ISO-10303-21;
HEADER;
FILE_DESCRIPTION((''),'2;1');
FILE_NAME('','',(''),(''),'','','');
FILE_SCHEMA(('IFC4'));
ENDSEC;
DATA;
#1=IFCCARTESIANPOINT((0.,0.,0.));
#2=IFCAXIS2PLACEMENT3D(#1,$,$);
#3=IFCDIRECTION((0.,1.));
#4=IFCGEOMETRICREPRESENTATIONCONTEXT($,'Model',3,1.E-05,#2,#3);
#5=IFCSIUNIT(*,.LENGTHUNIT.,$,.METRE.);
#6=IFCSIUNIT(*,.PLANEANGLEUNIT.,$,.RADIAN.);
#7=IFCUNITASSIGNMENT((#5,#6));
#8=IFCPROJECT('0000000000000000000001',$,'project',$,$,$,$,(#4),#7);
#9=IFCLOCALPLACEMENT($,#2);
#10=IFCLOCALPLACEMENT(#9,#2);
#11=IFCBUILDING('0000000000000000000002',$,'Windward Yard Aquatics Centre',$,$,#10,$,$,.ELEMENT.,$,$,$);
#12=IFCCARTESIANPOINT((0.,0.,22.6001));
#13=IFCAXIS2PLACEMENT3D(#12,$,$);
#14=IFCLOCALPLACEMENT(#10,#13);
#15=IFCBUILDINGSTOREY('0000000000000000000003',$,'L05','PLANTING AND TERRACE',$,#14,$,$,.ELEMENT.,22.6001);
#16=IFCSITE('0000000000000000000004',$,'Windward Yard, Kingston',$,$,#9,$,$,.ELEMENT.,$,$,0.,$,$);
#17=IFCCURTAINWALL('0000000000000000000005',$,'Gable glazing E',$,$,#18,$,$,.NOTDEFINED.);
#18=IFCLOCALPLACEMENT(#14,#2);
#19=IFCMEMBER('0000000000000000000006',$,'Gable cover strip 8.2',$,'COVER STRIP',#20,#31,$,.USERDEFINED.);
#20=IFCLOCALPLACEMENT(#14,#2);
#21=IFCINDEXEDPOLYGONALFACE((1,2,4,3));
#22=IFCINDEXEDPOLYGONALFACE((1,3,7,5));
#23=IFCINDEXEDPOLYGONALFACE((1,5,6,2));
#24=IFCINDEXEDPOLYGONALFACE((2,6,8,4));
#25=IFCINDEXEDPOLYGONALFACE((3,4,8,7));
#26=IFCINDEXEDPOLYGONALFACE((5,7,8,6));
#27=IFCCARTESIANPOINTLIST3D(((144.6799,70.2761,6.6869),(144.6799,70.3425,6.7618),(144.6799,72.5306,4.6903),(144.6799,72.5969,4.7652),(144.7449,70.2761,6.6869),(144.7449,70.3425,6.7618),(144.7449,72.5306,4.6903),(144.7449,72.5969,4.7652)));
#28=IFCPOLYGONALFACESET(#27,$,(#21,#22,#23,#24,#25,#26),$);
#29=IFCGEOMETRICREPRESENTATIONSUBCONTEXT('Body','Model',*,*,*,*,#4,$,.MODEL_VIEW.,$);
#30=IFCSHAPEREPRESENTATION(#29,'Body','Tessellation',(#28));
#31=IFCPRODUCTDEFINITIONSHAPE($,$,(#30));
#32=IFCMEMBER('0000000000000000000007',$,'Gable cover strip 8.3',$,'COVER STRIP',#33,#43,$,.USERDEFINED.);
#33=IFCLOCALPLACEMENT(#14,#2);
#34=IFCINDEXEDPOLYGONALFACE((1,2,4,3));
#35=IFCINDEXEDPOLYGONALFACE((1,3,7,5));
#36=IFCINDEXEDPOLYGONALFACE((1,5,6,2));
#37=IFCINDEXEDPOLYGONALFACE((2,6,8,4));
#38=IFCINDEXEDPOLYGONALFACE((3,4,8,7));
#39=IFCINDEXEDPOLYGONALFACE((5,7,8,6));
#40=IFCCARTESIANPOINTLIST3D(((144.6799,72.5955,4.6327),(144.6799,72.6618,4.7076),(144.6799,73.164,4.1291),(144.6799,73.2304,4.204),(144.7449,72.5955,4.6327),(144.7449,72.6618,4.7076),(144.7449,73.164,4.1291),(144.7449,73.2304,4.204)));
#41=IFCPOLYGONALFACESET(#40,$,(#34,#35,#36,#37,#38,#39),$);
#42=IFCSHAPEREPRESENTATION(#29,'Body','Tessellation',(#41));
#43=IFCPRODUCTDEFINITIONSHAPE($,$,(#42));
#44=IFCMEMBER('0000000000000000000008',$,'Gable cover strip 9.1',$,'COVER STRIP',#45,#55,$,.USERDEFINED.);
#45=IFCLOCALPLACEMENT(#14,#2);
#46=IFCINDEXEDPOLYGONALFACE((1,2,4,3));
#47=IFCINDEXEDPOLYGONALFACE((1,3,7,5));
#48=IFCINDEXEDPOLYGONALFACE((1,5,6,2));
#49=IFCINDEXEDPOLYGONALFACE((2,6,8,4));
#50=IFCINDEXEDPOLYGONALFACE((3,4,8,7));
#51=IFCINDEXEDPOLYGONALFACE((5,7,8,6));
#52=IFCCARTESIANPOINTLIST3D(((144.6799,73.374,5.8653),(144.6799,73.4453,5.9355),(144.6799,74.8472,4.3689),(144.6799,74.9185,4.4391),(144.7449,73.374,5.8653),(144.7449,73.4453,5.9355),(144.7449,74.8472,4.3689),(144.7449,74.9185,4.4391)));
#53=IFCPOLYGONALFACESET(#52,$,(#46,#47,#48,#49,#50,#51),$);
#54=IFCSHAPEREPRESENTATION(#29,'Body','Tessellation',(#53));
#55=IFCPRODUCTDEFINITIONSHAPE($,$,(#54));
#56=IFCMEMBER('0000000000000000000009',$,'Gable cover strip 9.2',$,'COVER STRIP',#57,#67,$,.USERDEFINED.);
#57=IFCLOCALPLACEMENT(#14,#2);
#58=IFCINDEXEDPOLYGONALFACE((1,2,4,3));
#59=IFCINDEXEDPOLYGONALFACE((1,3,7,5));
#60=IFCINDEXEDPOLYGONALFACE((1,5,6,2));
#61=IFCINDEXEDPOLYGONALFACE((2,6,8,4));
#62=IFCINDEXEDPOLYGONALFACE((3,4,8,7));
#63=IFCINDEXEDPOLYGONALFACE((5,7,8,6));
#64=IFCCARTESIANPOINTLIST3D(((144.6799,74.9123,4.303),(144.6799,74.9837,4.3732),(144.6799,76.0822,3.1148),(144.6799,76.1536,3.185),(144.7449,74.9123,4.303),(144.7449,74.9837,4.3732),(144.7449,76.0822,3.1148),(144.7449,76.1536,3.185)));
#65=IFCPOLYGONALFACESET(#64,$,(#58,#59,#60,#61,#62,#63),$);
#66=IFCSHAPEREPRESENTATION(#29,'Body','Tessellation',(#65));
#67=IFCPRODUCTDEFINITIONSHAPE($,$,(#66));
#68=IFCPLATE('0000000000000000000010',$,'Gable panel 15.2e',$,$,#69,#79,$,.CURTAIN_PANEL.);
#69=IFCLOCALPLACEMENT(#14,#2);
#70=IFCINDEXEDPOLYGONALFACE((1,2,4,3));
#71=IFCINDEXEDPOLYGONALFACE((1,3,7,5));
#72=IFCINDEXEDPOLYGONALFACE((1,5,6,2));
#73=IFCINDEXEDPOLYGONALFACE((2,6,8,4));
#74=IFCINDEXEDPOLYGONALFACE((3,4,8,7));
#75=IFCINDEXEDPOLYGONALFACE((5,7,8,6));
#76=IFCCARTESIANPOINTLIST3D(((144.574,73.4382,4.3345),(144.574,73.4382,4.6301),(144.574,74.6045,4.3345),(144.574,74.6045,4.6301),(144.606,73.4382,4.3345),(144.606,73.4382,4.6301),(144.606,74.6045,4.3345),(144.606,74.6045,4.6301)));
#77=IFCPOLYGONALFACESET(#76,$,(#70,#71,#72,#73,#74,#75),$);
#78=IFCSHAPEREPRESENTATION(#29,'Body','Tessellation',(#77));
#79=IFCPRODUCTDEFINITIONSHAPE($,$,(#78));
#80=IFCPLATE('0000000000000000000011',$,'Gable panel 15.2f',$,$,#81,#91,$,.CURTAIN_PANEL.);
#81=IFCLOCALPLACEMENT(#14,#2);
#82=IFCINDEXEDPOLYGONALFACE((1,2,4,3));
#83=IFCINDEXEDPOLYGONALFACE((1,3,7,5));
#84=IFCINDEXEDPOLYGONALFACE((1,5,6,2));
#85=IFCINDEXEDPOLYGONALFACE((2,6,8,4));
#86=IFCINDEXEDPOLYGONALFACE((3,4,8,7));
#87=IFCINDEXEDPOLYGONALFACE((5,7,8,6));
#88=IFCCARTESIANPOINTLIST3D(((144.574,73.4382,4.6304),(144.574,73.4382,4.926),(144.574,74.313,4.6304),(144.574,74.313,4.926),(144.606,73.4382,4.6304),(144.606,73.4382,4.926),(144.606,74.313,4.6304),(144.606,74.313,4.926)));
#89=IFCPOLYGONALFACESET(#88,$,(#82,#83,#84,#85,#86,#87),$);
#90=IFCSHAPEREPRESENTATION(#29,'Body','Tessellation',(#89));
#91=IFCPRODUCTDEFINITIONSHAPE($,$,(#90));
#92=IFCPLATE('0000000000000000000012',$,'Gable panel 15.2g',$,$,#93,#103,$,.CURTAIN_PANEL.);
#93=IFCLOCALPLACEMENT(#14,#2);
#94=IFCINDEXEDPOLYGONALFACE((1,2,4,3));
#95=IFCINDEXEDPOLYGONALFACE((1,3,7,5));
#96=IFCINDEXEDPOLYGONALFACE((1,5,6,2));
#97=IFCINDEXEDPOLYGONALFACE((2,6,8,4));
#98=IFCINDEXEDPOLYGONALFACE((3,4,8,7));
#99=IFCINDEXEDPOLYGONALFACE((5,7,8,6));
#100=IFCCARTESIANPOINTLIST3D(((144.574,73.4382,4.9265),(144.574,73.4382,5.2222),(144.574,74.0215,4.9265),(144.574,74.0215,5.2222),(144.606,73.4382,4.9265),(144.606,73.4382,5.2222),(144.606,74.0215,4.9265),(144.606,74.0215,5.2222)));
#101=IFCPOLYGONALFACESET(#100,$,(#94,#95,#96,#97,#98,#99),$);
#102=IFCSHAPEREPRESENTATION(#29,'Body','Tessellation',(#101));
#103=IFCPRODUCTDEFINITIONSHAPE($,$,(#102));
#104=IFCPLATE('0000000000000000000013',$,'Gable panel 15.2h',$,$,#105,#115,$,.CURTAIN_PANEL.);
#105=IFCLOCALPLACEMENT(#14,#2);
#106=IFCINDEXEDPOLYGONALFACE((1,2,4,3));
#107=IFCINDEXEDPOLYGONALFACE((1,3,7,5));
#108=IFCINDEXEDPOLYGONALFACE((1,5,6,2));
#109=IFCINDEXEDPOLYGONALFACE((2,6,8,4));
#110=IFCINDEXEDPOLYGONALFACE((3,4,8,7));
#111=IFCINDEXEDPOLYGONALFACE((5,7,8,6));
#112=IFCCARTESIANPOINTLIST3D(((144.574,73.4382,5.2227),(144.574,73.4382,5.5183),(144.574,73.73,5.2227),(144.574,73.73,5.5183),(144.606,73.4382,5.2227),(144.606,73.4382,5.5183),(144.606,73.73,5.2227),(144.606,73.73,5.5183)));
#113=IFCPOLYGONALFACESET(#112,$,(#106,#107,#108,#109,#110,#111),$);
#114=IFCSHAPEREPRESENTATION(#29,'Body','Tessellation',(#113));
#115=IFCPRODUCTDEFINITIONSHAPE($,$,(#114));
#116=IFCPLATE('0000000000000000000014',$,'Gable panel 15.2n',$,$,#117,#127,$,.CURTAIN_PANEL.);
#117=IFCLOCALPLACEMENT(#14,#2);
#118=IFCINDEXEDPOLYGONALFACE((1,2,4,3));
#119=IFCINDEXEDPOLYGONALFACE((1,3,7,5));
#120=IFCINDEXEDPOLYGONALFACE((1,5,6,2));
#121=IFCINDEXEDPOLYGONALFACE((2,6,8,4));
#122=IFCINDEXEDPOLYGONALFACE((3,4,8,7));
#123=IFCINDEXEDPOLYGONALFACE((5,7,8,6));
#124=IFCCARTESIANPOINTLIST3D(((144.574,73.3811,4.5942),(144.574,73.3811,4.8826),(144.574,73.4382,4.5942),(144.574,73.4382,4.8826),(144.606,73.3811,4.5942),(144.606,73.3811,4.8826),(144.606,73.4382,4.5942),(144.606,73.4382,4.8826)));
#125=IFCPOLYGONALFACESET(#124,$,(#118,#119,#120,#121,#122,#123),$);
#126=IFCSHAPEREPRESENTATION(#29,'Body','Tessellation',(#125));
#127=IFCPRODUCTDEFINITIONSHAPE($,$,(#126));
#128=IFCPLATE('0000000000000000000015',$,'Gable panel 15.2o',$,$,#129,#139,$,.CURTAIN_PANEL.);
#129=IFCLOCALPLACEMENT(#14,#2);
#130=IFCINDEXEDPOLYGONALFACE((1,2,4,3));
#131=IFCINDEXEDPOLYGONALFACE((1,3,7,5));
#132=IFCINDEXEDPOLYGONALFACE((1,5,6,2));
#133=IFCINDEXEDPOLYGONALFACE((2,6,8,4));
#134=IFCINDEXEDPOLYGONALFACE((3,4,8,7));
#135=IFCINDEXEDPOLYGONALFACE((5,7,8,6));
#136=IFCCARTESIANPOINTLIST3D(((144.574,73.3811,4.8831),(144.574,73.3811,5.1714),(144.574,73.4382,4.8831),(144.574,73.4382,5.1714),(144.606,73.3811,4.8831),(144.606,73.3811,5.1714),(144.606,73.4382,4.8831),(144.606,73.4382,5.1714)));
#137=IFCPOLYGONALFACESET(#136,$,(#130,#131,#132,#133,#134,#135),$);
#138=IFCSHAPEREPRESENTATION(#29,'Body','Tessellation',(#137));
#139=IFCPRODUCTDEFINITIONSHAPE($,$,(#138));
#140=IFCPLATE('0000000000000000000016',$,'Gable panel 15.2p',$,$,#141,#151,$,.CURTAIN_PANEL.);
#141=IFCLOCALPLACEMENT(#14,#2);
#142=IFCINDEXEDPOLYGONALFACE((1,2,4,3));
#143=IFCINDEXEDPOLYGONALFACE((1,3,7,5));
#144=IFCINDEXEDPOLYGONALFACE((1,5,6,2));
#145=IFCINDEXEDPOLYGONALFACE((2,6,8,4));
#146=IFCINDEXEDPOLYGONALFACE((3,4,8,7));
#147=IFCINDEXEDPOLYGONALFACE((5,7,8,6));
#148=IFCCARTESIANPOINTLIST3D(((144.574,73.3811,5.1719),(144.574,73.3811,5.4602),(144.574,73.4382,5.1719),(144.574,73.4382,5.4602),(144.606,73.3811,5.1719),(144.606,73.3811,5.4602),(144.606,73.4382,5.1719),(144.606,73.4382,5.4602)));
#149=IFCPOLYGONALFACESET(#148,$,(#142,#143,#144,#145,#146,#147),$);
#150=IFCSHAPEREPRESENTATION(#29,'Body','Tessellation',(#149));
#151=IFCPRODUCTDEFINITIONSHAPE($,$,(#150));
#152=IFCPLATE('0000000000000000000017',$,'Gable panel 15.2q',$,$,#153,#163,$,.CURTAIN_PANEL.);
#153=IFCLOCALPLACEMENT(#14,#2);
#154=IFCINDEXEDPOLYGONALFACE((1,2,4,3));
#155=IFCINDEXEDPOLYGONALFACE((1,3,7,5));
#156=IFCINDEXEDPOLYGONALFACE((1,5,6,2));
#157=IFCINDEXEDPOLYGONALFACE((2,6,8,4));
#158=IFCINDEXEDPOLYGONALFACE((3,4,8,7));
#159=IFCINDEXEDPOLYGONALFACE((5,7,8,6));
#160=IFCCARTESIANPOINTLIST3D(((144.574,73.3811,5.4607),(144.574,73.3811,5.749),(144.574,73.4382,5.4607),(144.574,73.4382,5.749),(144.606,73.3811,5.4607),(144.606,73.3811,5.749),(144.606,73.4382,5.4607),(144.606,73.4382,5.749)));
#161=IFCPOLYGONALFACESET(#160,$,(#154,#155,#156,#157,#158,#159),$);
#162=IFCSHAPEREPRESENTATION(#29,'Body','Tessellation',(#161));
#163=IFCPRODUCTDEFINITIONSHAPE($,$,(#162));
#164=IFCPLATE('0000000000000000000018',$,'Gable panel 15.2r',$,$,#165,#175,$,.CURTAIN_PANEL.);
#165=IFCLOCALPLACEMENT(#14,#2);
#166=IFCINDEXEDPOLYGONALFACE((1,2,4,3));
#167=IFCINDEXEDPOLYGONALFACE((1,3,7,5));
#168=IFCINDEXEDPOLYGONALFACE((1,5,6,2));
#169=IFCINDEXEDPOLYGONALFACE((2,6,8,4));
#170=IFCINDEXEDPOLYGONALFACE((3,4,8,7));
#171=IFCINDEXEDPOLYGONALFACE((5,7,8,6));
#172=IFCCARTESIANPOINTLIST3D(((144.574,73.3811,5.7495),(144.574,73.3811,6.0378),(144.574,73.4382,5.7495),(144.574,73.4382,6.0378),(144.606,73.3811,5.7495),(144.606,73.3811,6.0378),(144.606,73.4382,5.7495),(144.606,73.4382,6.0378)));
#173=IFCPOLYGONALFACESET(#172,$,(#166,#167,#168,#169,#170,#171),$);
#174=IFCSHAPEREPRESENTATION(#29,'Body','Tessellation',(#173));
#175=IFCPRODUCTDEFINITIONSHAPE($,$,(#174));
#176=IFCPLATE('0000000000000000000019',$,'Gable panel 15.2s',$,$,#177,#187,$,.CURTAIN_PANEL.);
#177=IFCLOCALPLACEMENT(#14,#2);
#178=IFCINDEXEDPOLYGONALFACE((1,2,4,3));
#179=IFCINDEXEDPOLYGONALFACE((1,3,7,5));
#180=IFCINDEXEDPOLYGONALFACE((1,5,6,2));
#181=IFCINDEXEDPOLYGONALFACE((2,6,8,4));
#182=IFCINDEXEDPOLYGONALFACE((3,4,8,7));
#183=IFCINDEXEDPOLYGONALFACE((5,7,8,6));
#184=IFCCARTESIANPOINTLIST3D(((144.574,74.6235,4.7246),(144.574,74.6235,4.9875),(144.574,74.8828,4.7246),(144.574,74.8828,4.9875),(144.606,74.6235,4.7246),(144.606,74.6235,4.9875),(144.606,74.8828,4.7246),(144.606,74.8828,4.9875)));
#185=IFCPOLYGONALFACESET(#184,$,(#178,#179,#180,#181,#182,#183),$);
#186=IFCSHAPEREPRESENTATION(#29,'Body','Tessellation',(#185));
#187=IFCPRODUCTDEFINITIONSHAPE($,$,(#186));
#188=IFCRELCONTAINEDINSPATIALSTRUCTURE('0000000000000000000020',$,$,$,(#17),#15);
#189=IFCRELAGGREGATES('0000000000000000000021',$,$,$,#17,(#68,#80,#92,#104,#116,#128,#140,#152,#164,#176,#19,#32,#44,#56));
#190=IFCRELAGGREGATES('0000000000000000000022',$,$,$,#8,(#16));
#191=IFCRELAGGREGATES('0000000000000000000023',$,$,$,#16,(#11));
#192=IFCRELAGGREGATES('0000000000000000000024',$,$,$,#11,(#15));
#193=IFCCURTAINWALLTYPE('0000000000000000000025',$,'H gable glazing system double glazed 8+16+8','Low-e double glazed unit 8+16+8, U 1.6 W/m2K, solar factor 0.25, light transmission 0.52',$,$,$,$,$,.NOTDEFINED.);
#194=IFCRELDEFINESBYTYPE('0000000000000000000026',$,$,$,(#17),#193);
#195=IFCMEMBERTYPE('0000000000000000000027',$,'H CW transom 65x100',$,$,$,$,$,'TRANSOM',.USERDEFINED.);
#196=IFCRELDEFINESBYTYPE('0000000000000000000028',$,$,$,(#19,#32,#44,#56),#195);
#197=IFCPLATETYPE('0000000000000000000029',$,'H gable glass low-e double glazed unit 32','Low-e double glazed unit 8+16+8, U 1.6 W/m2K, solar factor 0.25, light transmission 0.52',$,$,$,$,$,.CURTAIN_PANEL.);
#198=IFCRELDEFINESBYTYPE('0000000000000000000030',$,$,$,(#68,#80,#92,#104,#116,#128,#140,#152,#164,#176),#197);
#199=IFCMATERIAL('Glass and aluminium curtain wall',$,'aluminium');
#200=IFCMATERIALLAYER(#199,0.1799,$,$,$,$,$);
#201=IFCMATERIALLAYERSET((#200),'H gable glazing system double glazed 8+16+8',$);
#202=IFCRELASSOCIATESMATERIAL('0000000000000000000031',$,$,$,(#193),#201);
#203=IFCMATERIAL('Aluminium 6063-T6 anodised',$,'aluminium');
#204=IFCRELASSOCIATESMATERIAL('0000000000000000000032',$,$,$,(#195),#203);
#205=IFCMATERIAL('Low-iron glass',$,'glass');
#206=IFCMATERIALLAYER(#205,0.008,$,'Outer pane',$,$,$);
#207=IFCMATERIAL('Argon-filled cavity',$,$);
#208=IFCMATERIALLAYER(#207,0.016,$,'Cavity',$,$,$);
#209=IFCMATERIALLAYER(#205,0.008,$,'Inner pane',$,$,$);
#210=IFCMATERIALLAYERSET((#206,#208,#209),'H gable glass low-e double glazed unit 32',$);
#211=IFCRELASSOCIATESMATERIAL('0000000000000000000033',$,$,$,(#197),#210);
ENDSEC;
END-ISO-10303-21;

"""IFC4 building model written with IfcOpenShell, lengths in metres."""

from ifc_helpers import new_model, si_unit, direction, frame, origin, origin_2d, place, context, subcontext, project, spatial, polyline, rectangle, outline, extrude, material, layer, layer_set, material_profile, profile_set, type_object, element, aggregate, save


model = new_model("IFC4")

# Units and contexts
model_context = context("Model", 3, precision=1e-05, world=origin(), true_north=direction((0.0, 1.0)))
body_context = subcontext(model_context, "Body", "Model", "MODEL_VIEW")
ifc_project = project(units=[si_unit("LENGTHUNIT", "METRE"), si_unit("PLANEANGLEUNIT", "RADIAN")], contexts=[model_context])

# Site, building, storey
site_placement = place(None, origin())
site = spatial("IfcSite", under=ifc_project, at=site_placement, Name="Windward Yard, Kingston", CompositionType="ELEMENT", RefElevation=0.0)
building_placement = place(site_placement, origin())
building = spatial("IfcBuilding", under=site, at=building_placement, Name="Windward Yard Aquatics Centre", CompositionType="ELEMENT")
storey_placement = place(building_placement, frame((0.0, 0.0, 22.6001)))
storey = spatial("IfcBuildingStorey", under=building, at=storey_placement, Name="L05", Description="PLANTING AND TERRACE", CompositionType="ELEMENT", Elevation=22.6001)

# Curtain wall, members, plates
ifc_material_1 = material(Name="Glass and aluminium curtain wall", Category="aluminium")
ifc_layer_1 = layer(ifc_material_1, 0.1799)
ifc_layer_set_1 = layer_set([ifc_layer_1], Name="H gable glazing system double glazed 8+16+8")
curtain_wall_type = type_object("IfcCurtainWallType", Name="H gable glazing system double glazed 8+16+8", Description="Low-e double glazed unit 8+16+8, U 1.6 W/m2K, solar factor 0.25, light transmission 0.52", PredefinedType="NOTDEFINED", material=ifc_layer_set_1)
curtain_wall_placement = place(storey_placement, origin())
curtain_wall = element("IfcCurtainWall", 1, at=curtain_wall_placement, inside=storey, type_object=curtain_wall_type, Name="Gable glazing E", PredefinedType="NOTDEFINED")
ifc_material_2 = material(Name="Aluminium 6063-T6 anodised", Category="aluminium")
ifc_material_profile = material_profile(ifc_material_2, rectangle(XDim=0.0649, YDim=0.1001, at=origin_2d()), Name="H CW transom 65x100")
ifc_profile_set = profile_set([ifc_material_profile], Name="Aluminium 6063-T6 anodised")
member_type = type_object("IfcMemberType", Name="H CW transom 65x100", ElementType="TRANSOM", PredefinedType="USERDEFINED", material=ifc_profile_set)
member_1_placement = place(storey_placement, frame((144.7124, 70.3093, 6.7244), z_axis=(0.0, 0.748616, -0.663004), x_axis=(-1.0, 0.0, 0.0)))
member_1 = element("IfcMember", 2, at=member_1_placement, type_object=member_type, Name="Gable cover strip 8.2", ObjectType="COVER STRIP", PredefinedType="USERDEFINED", context=body_context, shape_type="SweptSolid", body=[
    extrude(rectangle(XDim=0.0649, YDim=0.1001, at=origin_2d()), origin(), (0.0, 0.0, 1.0), 3.0115),
])
member_2_placement = place(storey_placement, frame((144.7124, 72.6287, 4.6702), z_axis=(0.0, 0.748561, -0.663066), x_axis=(-1.0, 0.0, 0.0)))
member_2 = element("IfcMember", 3, at=member_2_placement, type_object=member_type, Name="Gable cover strip 8.3", ObjectType="COVER STRIP", PredefinedType="USERDEFINED", context=body_context, shape_type="SweptSolid", body=[
    extrude(rectangle(XDim=0.0649, YDim=0.1001, at=origin_2d()), origin(), (0.0, 0.0, 1.0), 0.7595),
])
member_3_placement = place(storey_placement, frame((144.7124, 73.4097, 5.9004), z_axis=(0.0, 0.701562, -0.712608), x_axis=(-1.0, 0.0, 0.0)))
member_3 = element("IfcMember", 4, at=member_3_placement, type_object=member_type, Name="Gable cover strip 9.1", ObjectType="COVER STRIP", PredefinedType="USERDEFINED", context=body_context, shape_type="SweptSolid", body=[
    extrude(rectangle(XDim=0.0649, YDim=0.1001, at=origin_2d()), origin(), (0.0, 0.0, 1.0), 2.0999),
])
member_4_placement = place(storey_placement, frame((144.7124, 74.948, 4.3381), z_axis=(0.0, 0.701595, -0.712576), x_axis=(-1.0, 0.0, 0.0)))
member_4 = element("IfcMember", 5, at=member_4_placement, type_object=member_type, Name="Gable cover strip 9.2", ObjectType="COVER STRIP", PredefinedType="USERDEFINED", context=body_context, shape_type="SweptSolid", body=[
    extrude(rectangle(XDim=0.0649, YDim=0.1001, at=origin_2d()), origin(), (0.0, 0.0, 1.0), 1.6675),
])
ifc_material_3 = material(Name="Low-iron glass", Category="glass")
ifc_layer_2 = layer(ifc_material_3, 0.008, Name="Outer pane")
ifc_material_4 = material(Name="Argon-filled cavity")
ifc_layer_3 = layer(ifc_material_4, 0.016, Name="Cavity")
ifc_layer_4 = layer(ifc_material_3, 0.008, Name="Inner pane")
ifc_layer_set_2 = layer_set([ifc_layer_2, ifc_layer_3, ifc_layer_4], Name="H gable glass low-e double glazed unit 32")
plate_type = type_object("IfcPlateType", Name="H gable glass low-e double glazed unit 32", Description="Low-e double glazed unit 8+16+8, U 1.6 W/m2K, solar factor 0.25, light transmission 0.52", PredefinedType="CURTAIN_PANEL", material=ifc_layer_set_2)
plate_1_placement = place(storey_placement, frame((144.606, 73.4382, 4.3345), z_axis=(1.0, 0.0, 0.0), x_axis=(0.0, 1.0, 0.0)))
plate_1 = element("IfcPlate", 6, at=plate_1_placement, type_object=plate_type, Name="Gable panel 15.2e", PredefinedType="CURTAIN_PANEL", context=body_context, shape_type="SweptSolid", body=[
    extrude(outline(polyline([(0.0, 0.0), (1.1663, 0.0), (1.1663, 0.2957), (0.0, 0.2957), (0.0, 0.0)])), origin(), (0.0, 0.0, -1.0), 0.032),
])
plate_2_placement = place(storey_placement, frame((144.606, 73.4382, 4.6304), z_axis=(1.0, 0.0, 0.0), x_axis=(0.0, 1.0, 0.0)))
plate_2 = element("IfcPlate", 7, at=plate_2_placement, type_object=plate_type, Name="Gable panel 15.2f", PredefinedType="CURTAIN_PANEL", context=body_context, shape_type="SweptSolid", body=[
    extrude(outline(polyline([(0.0, 0.0), (0.8748, 0.0), (0.8748, 0.2957), (0.0, 0.2957), (0.0, 0.0)])), origin(), (0.0, 0.0, -1.0), 0.032),
])
plate_3_placement = place(storey_placement, frame((144.606, 73.4382, 4.9265), z_axis=(1.0, 0.0, 0.0), x_axis=(0.0, 1.0, 0.0)))
plate_3 = element("IfcPlate", 8, at=plate_3_placement, type_object=plate_type, Name="Gable panel 15.2g", PredefinedType="CURTAIN_PANEL", context=body_context, shape_type="SweptSolid", body=[
    extrude(outline(polyline([(0.0, 0.0), (0.5833, 0.0), (0.5833, 0.2957), (0.0, 0.2957), (0.0, 0.0)])), origin(), (0.0, 0.0, -1.0), 0.032),
])
plate_4_placement = place(storey_placement, frame((144.606, 73.4382, 5.2227), z_axis=(1.0, 0.0, 0.0), x_axis=(0.0, 1.0, 0.0)))
plate_4 = element("IfcPlate", 9, at=plate_4_placement, type_object=plate_type, Name="Gable panel 15.2h", PredefinedType="CURTAIN_PANEL", context=body_context, shape_type="SweptSolid", body=[
    extrude(outline(polyline([(0.0, 0.0), (0.2917, 0.0), (0.2917, 0.2957), (0.0, 0.2957), (0.0, 0.0)])), origin(), (0.0, 0.0, -1.0), 0.032),
])
plate_5_placement = place(storey_placement, frame((144.606, 73.3811, 4.5942), z_axis=(1.0, 0.0, 0.0), x_axis=(0.0, 1.0, 0.0)))
plate_5 = element("IfcPlate", 10, at=plate_5_placement, type_object=plate_type, Name="Gable panel 15.2n", PredefinedType="CURTAIN_PANEL", context=body_context, shape_type="SweptSolid", body=[
    extrude(outline(polyline([(0.0, 0.0), (0.0571, 0.0), (0.0571, 0.2883), (0.0, 0.2883), (0.0, 0.0)])), origin(), (0.0, 0.0, -1.0), 0.032),
])
plate_6_placement = place(storey_placement, frame((144.606, 73.3811, 4.8831), z_axis=(1.0, 0.0, 0.0), x_axis=(0.0, 1.0, 0.0)))
plate_6 = element("IfcPlate", 11, at=plate_6_placement, type_object=plate_type, Name="Gable panel 15.2o", PredefinedType="CURTAIN_PANEL", context=body_context, shape_type="SweptSolid", body=[
    extrude(outline(polyline([(0.0, 0.0), (0.0571, 0.0), (0.0571, 0.2883), (0.0, 0.2883), (0.0, 0.0)])), origin(), (0.0, 0.0, -1.0), 0.032),
])
plate_7_placement = place(storey_placement, frame((144.606, 73.3811, 5.1719), z_axis=(1.0, 0.0, 0.0), x_axis=(0.0, 1.0, 0.0)))
plate_7 = element("IfcPlate", 12, at=plate_7_placement, type_object=plate_type, Name="Gable panel 15.2p", PredefinedType="CURTAIN_PANEL", context=body_context, shape_type="SweptSolid", body=[
    extrude(outline(polyline([(0.0, 0.0), (0.0571, 0.0), (0.0571, 0.2883), (0.0, 0.2883), (0.0, 0.0)])), origin(), (0.0, 0.0, -1.0), 0.032),
])
plate_8_placement = place(storey_placement, frame((144.606, 73.3811, 5.4607), z_axis=(1.0, 0.0, 0.0), x_axis=(0.0, 1.0, 0.0)))
plate_8 = element("IfcPlate", 13, at=plate_8_placement, type_object=plate_type, Name="Gable panel 15.2q", PredefinedType="CURTAIN_PANEL", context=body_context, shape_type="SweptSolid", body=[
    extrude(outline(polyline([(0.0, 0.0), (0.0571, 0.0), (0.0571, 0.2883), (0.0, 0.2883), (0.0, 0.0)])), origin(), (0.0, 0.0, -1.0), 0.032),
])
plate_9_placement = place(storey_placement, frame((144.606, 73.3811, 5.7495), z_axis=(1.0, 0.0, 0.0), x_axis=(0.0, 1.0, 0.0)))
plate_9 = element("IfcPlate", 14, at=plate_9_placement, type_object=plate_type, Name="Gable panel 15.2r", PredefinedType="CURTAIN_PANEL", context=body_context, shape_type="SweptSolid", body=[
    extrude(outline(polyline([(0.0, 0.0), (0.0571, 0.0), (0.0571, 0.2883), (0.0, 0.2883), (0.0, 0.0)])), origin(), (0.0, 0.0, -1.0), 0.032),
])
plate_10_placement = place(storey_placement, frame((144.606, 74.6235, 4.7246), z_axis=(1.0, 0.0, 0.0), x_axis=(0.0, 1.0, 0.0)))
plate_10 = element("IfcPlate", 15, at=plate_10_placement, type_object=plate_type, Name="Gable panel 15.2s", PredefinedType="CURTAIN_PANEL", context=body_context, shape_type="SweptSolid", body=[
    extrude(outline(polyline([(0.0, 0.0), (0.2593, 0.0), (0.2593, 0.2629), (0.0, 0.2629), (0.0, 0.0)])), origin(), (0.0, 0.0, -1.0), 0.032),
])
aggregate(curtain_wall, [plate_1, plate_2, plate_3, plate_4, plate_5, plate_6, plate_7, plate_8, plate_9, plate_10, member_1, member_2, member_3, member_4])

save(model, "model.ifc")
